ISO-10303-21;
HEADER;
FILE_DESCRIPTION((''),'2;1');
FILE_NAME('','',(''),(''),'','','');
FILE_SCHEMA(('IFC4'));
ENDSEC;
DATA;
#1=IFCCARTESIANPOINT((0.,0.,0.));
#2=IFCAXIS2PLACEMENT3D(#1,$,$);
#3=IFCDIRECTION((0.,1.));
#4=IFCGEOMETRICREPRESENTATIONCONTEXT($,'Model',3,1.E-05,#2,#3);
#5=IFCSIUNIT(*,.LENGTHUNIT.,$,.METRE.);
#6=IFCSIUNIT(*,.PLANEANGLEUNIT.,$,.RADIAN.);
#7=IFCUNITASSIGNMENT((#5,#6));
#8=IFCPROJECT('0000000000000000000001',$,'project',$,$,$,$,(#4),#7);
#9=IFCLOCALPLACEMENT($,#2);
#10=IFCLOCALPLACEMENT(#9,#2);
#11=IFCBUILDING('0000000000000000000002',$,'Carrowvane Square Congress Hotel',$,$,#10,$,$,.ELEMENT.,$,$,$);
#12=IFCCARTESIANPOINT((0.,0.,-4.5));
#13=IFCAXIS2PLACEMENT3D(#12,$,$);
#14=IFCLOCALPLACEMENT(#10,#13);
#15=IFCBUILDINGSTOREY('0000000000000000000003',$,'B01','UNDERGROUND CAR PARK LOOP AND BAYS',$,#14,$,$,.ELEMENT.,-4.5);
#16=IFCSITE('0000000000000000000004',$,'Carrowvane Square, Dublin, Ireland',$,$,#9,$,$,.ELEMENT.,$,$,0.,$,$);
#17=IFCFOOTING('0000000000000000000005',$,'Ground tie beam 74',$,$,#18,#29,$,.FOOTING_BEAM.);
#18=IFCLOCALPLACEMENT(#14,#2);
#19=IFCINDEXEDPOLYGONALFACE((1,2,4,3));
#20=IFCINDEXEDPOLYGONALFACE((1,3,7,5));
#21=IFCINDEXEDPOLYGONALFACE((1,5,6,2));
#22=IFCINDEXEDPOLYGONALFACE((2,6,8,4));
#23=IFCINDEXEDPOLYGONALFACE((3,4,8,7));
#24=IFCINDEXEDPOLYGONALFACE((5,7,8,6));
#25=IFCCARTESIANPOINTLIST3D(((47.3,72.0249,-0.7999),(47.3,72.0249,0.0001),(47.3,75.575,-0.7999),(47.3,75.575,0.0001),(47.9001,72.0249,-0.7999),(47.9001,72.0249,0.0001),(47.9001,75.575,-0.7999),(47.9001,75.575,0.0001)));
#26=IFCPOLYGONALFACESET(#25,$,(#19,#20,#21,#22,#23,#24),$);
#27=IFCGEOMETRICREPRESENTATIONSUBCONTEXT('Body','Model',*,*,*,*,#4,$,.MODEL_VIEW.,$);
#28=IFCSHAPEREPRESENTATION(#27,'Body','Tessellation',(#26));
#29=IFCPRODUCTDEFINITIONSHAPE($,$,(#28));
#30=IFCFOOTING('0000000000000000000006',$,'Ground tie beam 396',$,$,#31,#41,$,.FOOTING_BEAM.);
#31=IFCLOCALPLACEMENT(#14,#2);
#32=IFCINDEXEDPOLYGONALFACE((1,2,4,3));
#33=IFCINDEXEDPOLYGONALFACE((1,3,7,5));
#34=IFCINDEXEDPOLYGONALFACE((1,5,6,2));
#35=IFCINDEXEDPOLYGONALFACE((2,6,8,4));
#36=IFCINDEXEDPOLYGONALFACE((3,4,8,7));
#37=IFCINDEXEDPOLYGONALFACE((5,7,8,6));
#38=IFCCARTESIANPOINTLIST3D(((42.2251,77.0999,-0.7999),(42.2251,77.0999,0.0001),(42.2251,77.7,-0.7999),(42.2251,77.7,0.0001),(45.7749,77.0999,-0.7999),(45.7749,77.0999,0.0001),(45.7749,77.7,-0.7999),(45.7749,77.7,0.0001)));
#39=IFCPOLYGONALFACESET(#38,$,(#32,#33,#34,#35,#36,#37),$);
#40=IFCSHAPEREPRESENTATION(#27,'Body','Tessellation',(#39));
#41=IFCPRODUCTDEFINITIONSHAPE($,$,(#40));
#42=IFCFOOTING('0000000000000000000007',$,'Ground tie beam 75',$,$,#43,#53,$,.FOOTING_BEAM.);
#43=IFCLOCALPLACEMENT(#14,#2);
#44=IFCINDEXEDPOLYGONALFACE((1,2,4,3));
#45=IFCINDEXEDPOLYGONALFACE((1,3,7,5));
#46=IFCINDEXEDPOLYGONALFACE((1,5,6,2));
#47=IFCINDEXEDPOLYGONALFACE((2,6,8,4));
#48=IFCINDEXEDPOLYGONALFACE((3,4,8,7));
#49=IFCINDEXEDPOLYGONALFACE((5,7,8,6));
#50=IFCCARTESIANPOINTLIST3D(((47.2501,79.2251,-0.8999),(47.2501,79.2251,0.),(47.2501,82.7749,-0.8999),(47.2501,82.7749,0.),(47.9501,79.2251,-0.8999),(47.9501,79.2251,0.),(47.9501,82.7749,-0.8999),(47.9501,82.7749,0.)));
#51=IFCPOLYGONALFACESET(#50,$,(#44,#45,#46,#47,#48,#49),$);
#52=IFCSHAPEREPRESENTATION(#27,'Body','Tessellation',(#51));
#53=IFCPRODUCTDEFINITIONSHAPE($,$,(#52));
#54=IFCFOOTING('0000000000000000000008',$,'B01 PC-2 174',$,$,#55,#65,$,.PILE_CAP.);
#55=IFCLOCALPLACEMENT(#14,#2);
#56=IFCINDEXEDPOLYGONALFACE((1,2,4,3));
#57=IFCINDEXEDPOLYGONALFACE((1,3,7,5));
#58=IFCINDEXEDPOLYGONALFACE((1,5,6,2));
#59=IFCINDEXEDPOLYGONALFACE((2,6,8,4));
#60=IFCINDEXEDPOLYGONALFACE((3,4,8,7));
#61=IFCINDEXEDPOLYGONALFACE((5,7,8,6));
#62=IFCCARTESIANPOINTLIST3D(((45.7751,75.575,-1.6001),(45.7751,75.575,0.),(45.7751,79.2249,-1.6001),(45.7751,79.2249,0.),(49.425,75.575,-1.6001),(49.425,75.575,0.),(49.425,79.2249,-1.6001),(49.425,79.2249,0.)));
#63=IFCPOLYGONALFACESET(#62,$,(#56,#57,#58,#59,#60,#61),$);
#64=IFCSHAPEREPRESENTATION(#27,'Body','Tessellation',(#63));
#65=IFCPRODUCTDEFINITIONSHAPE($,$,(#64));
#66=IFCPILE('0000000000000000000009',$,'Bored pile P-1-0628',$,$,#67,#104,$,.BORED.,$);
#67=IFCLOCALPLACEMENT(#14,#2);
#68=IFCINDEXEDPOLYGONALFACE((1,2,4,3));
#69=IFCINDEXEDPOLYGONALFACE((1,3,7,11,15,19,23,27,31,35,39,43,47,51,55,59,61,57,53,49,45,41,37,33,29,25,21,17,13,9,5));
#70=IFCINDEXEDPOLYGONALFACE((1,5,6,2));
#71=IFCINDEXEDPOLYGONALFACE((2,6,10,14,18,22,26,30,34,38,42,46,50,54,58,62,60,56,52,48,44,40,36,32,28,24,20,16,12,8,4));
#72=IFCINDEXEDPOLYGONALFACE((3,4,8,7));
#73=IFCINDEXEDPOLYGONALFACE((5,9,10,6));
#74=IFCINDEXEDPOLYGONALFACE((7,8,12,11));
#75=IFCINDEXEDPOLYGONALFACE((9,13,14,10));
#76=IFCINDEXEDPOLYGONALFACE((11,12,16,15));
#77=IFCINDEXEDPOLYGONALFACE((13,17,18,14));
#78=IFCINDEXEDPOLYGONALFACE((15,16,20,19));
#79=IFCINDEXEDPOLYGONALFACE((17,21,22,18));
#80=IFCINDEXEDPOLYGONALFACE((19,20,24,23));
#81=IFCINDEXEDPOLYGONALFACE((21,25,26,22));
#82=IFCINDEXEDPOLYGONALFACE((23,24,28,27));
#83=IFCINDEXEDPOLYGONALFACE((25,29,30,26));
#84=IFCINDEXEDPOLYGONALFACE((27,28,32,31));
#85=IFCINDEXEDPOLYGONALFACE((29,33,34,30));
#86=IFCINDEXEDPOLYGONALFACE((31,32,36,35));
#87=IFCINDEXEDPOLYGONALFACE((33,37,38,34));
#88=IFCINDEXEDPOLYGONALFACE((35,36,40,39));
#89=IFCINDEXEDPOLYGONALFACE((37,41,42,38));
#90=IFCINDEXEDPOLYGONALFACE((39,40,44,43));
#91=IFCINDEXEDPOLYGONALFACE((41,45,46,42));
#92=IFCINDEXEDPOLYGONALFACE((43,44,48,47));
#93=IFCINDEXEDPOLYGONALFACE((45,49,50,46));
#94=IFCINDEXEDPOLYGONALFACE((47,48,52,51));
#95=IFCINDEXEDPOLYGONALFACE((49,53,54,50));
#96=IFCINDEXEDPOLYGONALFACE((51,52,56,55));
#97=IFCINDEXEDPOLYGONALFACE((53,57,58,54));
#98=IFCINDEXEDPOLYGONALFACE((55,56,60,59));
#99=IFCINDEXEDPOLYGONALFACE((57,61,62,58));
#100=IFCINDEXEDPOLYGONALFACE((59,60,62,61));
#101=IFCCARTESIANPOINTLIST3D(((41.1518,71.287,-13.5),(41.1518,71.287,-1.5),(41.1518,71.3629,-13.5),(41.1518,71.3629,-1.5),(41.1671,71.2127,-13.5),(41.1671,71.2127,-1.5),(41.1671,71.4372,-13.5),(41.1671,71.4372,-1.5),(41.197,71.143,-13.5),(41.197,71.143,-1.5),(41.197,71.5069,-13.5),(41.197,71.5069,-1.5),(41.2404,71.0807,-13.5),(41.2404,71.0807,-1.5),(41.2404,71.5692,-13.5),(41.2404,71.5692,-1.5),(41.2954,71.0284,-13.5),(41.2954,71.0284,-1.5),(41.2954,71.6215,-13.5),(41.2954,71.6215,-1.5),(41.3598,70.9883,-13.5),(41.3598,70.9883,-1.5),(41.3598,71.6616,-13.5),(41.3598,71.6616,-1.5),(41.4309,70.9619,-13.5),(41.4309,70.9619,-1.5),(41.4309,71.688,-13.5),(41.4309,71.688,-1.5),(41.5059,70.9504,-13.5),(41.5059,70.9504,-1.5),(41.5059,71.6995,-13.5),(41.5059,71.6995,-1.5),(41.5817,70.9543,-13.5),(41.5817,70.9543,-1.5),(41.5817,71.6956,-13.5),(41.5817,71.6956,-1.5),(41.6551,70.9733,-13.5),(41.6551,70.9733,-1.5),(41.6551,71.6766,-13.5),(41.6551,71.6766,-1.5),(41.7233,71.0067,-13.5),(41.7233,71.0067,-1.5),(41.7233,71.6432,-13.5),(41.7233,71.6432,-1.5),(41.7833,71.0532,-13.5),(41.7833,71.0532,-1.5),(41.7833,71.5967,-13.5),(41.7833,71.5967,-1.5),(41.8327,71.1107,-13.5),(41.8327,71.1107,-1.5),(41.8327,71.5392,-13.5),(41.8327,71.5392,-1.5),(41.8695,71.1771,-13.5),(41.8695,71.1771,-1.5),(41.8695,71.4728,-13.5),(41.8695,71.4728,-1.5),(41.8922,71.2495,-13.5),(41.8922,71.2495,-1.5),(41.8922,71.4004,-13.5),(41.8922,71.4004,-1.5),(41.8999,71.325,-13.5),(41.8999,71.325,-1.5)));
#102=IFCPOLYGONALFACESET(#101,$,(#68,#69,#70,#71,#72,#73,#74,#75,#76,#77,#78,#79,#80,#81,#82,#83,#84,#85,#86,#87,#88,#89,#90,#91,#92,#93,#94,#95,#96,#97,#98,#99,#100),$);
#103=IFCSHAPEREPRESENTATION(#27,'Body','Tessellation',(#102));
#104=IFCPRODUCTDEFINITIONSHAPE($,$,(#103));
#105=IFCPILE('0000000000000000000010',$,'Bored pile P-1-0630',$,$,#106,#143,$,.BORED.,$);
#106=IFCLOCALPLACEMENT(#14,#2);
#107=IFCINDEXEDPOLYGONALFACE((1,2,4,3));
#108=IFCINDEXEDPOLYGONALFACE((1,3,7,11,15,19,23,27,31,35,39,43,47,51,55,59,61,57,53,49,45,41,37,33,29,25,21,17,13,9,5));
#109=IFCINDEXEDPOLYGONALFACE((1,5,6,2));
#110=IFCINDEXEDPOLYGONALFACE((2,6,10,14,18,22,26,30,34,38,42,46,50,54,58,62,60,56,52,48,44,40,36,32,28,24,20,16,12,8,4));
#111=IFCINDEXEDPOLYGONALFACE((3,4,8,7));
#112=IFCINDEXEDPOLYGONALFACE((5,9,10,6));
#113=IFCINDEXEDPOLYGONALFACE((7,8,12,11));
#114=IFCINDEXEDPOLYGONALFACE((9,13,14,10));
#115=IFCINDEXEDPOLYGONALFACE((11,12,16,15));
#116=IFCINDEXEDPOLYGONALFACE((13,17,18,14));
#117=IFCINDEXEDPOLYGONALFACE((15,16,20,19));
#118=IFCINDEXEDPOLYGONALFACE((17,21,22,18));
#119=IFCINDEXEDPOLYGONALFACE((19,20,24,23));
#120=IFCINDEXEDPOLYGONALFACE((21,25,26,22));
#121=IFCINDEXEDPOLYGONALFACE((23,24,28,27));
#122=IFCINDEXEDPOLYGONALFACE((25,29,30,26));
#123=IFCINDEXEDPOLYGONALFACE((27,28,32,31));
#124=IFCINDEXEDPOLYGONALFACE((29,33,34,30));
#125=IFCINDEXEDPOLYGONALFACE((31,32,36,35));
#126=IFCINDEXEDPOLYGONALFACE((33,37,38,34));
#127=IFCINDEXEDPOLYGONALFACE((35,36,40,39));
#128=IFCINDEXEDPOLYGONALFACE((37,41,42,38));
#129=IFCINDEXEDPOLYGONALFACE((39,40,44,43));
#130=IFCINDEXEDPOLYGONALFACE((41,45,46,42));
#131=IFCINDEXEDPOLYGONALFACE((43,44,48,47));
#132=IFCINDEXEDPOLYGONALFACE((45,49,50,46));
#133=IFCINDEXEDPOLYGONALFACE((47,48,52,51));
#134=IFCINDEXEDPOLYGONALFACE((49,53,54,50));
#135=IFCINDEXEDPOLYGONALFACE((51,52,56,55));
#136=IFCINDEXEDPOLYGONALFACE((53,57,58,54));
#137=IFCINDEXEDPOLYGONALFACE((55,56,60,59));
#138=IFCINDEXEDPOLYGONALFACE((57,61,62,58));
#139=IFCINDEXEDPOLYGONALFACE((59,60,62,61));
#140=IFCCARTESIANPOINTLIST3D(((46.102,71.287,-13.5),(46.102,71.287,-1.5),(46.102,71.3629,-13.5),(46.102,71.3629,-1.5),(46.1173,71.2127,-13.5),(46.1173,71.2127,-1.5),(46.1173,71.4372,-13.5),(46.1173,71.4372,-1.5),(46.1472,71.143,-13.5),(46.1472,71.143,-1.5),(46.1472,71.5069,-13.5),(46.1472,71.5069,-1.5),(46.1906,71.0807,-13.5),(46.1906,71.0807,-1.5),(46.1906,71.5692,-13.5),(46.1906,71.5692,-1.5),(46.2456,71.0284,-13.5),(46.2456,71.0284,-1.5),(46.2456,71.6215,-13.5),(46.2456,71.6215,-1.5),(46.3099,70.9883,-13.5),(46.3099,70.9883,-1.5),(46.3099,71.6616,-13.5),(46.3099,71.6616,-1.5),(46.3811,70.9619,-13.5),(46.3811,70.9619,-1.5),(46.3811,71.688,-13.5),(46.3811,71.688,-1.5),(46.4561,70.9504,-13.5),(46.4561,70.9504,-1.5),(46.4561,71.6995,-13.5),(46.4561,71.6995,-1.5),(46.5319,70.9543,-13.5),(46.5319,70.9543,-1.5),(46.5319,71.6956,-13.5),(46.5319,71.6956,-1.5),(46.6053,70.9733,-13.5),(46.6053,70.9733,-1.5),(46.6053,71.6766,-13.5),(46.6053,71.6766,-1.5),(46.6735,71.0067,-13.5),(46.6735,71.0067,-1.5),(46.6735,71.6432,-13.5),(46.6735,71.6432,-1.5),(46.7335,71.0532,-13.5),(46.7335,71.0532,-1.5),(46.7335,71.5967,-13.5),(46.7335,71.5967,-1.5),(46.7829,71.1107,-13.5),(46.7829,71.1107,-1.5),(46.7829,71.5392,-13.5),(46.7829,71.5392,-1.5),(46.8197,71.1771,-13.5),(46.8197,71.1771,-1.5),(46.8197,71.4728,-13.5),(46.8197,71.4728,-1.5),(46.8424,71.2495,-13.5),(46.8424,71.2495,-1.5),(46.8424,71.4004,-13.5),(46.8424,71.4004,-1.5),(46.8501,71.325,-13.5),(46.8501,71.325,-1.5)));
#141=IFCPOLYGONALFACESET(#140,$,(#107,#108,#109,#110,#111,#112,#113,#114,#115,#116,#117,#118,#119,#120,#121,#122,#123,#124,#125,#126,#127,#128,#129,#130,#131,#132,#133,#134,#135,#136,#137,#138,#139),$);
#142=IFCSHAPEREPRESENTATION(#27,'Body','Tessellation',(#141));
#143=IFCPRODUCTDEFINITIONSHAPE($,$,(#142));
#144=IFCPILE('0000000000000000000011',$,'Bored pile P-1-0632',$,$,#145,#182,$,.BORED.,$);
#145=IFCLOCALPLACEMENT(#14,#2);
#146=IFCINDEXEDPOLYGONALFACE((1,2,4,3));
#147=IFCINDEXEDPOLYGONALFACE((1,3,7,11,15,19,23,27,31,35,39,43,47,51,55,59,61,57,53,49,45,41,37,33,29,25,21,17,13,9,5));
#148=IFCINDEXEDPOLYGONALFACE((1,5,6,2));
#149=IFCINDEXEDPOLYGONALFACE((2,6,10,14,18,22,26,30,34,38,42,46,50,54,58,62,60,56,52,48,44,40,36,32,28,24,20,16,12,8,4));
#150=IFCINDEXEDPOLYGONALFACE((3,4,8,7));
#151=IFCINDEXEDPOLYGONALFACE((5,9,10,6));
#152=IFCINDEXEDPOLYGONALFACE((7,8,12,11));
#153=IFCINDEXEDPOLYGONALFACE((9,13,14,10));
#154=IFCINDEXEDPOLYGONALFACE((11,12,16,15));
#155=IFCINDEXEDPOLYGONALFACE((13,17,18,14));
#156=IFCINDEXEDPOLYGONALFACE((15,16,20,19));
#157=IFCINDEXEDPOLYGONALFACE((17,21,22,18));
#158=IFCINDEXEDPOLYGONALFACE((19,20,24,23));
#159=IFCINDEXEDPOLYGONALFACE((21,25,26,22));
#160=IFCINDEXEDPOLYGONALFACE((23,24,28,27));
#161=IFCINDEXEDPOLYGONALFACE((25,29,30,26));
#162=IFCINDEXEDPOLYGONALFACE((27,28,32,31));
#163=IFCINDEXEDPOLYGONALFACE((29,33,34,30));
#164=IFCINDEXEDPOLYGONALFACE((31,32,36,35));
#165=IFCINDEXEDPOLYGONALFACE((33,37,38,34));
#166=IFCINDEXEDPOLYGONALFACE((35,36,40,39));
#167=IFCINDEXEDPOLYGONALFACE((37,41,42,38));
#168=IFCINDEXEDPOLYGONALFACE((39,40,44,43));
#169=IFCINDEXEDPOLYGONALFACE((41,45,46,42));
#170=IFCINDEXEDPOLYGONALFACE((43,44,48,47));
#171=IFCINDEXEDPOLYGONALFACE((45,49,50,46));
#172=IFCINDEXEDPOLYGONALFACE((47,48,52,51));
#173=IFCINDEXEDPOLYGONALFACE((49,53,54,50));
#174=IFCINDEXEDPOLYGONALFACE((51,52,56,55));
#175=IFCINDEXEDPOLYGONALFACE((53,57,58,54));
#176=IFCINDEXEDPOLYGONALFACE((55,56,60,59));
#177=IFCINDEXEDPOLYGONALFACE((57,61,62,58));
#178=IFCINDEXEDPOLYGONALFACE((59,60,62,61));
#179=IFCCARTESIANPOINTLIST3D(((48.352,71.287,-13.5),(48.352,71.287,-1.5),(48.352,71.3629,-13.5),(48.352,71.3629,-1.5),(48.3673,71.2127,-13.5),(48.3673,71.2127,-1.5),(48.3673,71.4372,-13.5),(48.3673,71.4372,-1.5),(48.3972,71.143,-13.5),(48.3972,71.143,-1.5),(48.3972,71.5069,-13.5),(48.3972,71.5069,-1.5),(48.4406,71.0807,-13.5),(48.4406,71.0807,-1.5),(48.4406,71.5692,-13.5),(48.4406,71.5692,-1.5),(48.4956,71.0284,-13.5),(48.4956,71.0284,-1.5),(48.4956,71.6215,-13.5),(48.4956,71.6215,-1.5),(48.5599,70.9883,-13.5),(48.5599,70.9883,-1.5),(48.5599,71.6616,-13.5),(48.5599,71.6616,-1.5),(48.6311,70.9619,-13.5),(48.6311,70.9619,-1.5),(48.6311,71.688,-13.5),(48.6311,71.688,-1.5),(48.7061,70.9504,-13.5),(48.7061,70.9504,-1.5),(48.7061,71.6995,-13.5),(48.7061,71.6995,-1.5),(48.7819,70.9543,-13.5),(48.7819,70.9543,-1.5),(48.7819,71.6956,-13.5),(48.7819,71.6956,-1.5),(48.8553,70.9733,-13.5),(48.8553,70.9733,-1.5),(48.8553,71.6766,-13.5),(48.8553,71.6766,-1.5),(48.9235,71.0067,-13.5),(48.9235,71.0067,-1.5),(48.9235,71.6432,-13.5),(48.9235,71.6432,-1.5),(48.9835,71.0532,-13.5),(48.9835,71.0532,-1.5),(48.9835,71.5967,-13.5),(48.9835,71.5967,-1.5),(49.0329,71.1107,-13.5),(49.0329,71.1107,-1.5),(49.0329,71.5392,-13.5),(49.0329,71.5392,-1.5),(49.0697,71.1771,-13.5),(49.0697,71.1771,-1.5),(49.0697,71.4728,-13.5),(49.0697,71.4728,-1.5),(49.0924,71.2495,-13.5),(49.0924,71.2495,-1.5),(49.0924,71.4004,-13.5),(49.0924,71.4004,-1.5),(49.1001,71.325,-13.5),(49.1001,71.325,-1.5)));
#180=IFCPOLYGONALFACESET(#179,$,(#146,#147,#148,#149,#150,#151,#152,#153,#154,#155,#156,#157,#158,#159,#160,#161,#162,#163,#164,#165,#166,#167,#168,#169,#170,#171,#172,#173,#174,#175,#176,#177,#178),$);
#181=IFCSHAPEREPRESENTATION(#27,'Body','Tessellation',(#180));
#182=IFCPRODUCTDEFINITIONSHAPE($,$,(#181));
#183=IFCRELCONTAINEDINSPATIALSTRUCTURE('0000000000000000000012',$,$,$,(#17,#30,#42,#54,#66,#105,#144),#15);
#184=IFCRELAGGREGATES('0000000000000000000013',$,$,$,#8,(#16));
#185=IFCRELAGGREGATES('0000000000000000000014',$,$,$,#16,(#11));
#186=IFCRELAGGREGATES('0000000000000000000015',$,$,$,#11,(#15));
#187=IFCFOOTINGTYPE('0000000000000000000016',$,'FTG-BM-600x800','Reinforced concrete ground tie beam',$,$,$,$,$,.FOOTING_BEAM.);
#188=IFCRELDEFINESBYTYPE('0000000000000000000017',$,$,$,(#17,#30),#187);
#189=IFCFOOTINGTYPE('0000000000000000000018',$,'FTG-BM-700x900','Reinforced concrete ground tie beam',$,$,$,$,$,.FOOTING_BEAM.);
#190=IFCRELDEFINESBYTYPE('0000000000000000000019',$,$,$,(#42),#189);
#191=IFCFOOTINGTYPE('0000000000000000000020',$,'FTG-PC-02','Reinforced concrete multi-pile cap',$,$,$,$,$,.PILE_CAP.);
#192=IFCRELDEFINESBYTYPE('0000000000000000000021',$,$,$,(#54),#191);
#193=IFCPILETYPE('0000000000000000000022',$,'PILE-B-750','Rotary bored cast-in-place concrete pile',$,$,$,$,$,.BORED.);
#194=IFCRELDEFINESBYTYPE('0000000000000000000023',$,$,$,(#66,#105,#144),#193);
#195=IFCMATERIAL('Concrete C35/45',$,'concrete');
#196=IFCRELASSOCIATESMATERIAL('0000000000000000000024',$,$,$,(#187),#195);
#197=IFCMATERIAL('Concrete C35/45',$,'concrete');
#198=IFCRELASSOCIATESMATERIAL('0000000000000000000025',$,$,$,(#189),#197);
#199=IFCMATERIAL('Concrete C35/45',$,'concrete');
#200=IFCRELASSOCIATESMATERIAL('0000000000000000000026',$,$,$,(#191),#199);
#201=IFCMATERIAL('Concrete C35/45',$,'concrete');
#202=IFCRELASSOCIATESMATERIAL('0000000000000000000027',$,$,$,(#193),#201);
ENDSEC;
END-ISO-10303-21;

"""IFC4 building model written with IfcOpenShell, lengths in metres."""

from ifc_helpers import new_model, si_unit, direction, frame, origin, origin_2d, place, context, subcontext, project, spatial, rectangle, circle, extrude, material, material_profile, profile_set, type_object, element, save


model = new_model("IFC4")

# Units and contexts
model_context = context("Model", 3, precision=1e-05, world=origin(), true_north=direction((0.0, 1.0)))
body_context = subcontext(model_context, "Body", "Model", "MODEL_VIEW")
ifc_project = project(units=[si_unit("LENGTHUNIT", "METRE"), si_unit("PLANEANGLEUNIT", "RADIAN")], contexts=[model_context])

# Site, building, storey
site_placement = place(None, origin())
site = spatial("IfcSite", under=ifc_project, at=site_placement, Name="Carrowvane Square, Dublin, Ireland", CompositionType="ELEMENT", RefElevation=0.0)
building_placement = place(site_placement, origin())
building = spatial("IfcBuilding", under=site, at=building_placement, Name="Carrowvane Square Congress Hotel", CompositionType="ELEMENT")
storey_placement = place(building_placement, frame((0.0, 0.0, -4.5)))
storey = spatial("IfcBuildingStorey", under=building, at=storey_placement, Name="B01", Description="UNDERGROUND CAR PARK LOOP AND BAYS", CompositionType="ELEMENT", Elevation=-4.5)

# Footings
ifc_material_1 = material(Name="Concrete C35/45", Category="concrete")
ifc_material_profile_1 = material_profile(ifc_material_1, rectangle(XDim=0.6001, YDim=0.8, at=origin_2d()), Name="RC 600x800")
ifc_profile_set_1 = profile_set([ifc_material_profile_1], Name="Concrete C35/45")
footing_type_1 = type_object("IfcFootingType", Name="FTG-BM-600x800", Description="Reinforced concrete ground tie beam", PredefinedType="FOOTING_BEAM", material=ifc_profile_set_1)
footing_1_placement = place(storey_placement, frame((47.6001, 72.0249, -0.3999), z_axis=(0.0, 1.0, 0.0), x_axis=(-1.0, 0.0, 0.0)))
element("IfcFooting", 1, at=footing_1_placement, inside=storey, type_object=footing_type_1, Name="Ground tie beam 74", PredefinedType="FOOTING_BEAM", context=body_context, shape_type="SweptSolid", body=[
    extrude(rectangle(XDim=0.6001, YDim=0.8, at=origin_2d()), origin(), (0.0, 0.0, 1.0), 3.55),
])
footing_2_placement = place(storey_placement, frame((42.2251, 77.3999, -0.3999), z_axis=(1.0, 0.0, 0.0), x_axis=(0.0, 1.0, 0.0)))
element("IfcFooting", 2, at=footing_2_placement, inside=storey, type_object=footing_type_1, Name="Ground tie beam 396", PredefinedType="FOOTING_BEAM", context=body_context, shape_type="SweptSolid", body=[
    extrude(rectangle(XDim=0.6001, YDim=0.8, at=origin_2d()), origin(), (0.0, 0.0, 1.0), 3.5498),
])
ifc_material_2 = material(Name="Concrete C35/45", Category="concrete")
ifc_material_profile_2 = material_profile(ifc_material_2, rectangle(XDim=0.7, YDim=0.8999, at=origin_2d()), Name="RC 700x900")
ifc_profile_set_2 = profile_set([ifc_material_profile_2], Name="Concrete C35/45")
footing_type_2 = type_object("IfcFootingType", Name="FTG-BM-700x900", Description="Reinforced concrete ground tie beam", PredefinedType="FOOTING_BEAM", material=ifc_profile_set_2)
footing_3_placement = place(storey_placement, frame((47.6001, 79.2251, -0.45), z_axis=(0.0, 1.0, 0.0), x_axis=(-1.0, 0.0, 0.0)))
element("IfcFooting", 3, at=footing_3_placement, inside=storey, type_object=footing_type_2, Name="Ground tie beam 75", PredefinedType="FOOTING_BEAM", context=body_context, shape_type="SweptSolid", body=[
    extrude(rectangle(XDim=0.7, YDim=0.8999, at=origin_2d()), origin(), (0.0, 0.0, 1.0), 3.5498),
])
ifc_material_3 = material(Name="Concrete C35/45", Category="concrete")
footing_type_3 = type_object("IfcFootingType", Name="FTG-PC-02", Description="Reinforced concrete multi-pile cap", PredefinedType="PILE_CAP", material=ifc_material_3)
footing_4_placement = place(storey_placement, frame((47.6001, 77.3999, -1.6001), z_axis=(0.0, 0.0, 1.0), x_axis=(1.0, 0.0, 0.0)))
element("IfcFooting", 4, at=footing_4_placement, inside=storey, type_object=footing_type_3, Name="B01 PC-2 174", PredefinedType="PILE_CAP", context=body_context, shape_type="SweptSolid", body=[
    extrude(rectangle(XDim=3.6499, YDim=3.6499, at=origin_2d()), origin(), (0.0, 0.0, 1.0), 1.6001),
])

# Piles
ifc_material_4 = material(Name="Concrete C35/45", Category="concrete")
ifc_material_profile_3 = material_profile(ifc_material_4, circle(Radius=0.375, at=origin_2d()), Name="PILE D750")
ifc_profile_set_3 = profile_set([ifc_material_profile_3], Name="Concrete C35/45")
pile_type = type_object("IfcPileType", Name="PILE-B-750", Description="Rotary bored cast-in-place concrete pile", PredefinedType="BORED", material=ifc_profile_set_3)
for number, where, z_axis, x_axis, name in (
    (5, (41.5249, 71.325, -1.5), (0.0, 0.0, -1.0), (1.0, 0.0, 0.0), "Bored pile P-1-0628"),
    (6, (46.4751, 71.325, -1.5), (0.0, 0.0, -1.0), (1.0, 0.0, 0.0), "Bored pile P-1-0630"),
    (7, (48.7251, 71.325, -1.5), (0.0, 0.0, -1.0), (1.0, 0.0, 0.0), "Bored pile P-1-0632"),
):
    element("IfcPile", number, at=place(storey_placement, frame(where, z_axis=z_axis, x_axis=x_axis)), inside=storey, type_object=pile_type, Name=name, PredefinedType="BORED", context=body_context, shape_type="SweptSolid", body=[
        extrude(circle(Radius=0.375, at=origin_2d()), origin(), (0.0, 0.0, 1.0), 12.0),
    ])

save(model, "model.ifc")
